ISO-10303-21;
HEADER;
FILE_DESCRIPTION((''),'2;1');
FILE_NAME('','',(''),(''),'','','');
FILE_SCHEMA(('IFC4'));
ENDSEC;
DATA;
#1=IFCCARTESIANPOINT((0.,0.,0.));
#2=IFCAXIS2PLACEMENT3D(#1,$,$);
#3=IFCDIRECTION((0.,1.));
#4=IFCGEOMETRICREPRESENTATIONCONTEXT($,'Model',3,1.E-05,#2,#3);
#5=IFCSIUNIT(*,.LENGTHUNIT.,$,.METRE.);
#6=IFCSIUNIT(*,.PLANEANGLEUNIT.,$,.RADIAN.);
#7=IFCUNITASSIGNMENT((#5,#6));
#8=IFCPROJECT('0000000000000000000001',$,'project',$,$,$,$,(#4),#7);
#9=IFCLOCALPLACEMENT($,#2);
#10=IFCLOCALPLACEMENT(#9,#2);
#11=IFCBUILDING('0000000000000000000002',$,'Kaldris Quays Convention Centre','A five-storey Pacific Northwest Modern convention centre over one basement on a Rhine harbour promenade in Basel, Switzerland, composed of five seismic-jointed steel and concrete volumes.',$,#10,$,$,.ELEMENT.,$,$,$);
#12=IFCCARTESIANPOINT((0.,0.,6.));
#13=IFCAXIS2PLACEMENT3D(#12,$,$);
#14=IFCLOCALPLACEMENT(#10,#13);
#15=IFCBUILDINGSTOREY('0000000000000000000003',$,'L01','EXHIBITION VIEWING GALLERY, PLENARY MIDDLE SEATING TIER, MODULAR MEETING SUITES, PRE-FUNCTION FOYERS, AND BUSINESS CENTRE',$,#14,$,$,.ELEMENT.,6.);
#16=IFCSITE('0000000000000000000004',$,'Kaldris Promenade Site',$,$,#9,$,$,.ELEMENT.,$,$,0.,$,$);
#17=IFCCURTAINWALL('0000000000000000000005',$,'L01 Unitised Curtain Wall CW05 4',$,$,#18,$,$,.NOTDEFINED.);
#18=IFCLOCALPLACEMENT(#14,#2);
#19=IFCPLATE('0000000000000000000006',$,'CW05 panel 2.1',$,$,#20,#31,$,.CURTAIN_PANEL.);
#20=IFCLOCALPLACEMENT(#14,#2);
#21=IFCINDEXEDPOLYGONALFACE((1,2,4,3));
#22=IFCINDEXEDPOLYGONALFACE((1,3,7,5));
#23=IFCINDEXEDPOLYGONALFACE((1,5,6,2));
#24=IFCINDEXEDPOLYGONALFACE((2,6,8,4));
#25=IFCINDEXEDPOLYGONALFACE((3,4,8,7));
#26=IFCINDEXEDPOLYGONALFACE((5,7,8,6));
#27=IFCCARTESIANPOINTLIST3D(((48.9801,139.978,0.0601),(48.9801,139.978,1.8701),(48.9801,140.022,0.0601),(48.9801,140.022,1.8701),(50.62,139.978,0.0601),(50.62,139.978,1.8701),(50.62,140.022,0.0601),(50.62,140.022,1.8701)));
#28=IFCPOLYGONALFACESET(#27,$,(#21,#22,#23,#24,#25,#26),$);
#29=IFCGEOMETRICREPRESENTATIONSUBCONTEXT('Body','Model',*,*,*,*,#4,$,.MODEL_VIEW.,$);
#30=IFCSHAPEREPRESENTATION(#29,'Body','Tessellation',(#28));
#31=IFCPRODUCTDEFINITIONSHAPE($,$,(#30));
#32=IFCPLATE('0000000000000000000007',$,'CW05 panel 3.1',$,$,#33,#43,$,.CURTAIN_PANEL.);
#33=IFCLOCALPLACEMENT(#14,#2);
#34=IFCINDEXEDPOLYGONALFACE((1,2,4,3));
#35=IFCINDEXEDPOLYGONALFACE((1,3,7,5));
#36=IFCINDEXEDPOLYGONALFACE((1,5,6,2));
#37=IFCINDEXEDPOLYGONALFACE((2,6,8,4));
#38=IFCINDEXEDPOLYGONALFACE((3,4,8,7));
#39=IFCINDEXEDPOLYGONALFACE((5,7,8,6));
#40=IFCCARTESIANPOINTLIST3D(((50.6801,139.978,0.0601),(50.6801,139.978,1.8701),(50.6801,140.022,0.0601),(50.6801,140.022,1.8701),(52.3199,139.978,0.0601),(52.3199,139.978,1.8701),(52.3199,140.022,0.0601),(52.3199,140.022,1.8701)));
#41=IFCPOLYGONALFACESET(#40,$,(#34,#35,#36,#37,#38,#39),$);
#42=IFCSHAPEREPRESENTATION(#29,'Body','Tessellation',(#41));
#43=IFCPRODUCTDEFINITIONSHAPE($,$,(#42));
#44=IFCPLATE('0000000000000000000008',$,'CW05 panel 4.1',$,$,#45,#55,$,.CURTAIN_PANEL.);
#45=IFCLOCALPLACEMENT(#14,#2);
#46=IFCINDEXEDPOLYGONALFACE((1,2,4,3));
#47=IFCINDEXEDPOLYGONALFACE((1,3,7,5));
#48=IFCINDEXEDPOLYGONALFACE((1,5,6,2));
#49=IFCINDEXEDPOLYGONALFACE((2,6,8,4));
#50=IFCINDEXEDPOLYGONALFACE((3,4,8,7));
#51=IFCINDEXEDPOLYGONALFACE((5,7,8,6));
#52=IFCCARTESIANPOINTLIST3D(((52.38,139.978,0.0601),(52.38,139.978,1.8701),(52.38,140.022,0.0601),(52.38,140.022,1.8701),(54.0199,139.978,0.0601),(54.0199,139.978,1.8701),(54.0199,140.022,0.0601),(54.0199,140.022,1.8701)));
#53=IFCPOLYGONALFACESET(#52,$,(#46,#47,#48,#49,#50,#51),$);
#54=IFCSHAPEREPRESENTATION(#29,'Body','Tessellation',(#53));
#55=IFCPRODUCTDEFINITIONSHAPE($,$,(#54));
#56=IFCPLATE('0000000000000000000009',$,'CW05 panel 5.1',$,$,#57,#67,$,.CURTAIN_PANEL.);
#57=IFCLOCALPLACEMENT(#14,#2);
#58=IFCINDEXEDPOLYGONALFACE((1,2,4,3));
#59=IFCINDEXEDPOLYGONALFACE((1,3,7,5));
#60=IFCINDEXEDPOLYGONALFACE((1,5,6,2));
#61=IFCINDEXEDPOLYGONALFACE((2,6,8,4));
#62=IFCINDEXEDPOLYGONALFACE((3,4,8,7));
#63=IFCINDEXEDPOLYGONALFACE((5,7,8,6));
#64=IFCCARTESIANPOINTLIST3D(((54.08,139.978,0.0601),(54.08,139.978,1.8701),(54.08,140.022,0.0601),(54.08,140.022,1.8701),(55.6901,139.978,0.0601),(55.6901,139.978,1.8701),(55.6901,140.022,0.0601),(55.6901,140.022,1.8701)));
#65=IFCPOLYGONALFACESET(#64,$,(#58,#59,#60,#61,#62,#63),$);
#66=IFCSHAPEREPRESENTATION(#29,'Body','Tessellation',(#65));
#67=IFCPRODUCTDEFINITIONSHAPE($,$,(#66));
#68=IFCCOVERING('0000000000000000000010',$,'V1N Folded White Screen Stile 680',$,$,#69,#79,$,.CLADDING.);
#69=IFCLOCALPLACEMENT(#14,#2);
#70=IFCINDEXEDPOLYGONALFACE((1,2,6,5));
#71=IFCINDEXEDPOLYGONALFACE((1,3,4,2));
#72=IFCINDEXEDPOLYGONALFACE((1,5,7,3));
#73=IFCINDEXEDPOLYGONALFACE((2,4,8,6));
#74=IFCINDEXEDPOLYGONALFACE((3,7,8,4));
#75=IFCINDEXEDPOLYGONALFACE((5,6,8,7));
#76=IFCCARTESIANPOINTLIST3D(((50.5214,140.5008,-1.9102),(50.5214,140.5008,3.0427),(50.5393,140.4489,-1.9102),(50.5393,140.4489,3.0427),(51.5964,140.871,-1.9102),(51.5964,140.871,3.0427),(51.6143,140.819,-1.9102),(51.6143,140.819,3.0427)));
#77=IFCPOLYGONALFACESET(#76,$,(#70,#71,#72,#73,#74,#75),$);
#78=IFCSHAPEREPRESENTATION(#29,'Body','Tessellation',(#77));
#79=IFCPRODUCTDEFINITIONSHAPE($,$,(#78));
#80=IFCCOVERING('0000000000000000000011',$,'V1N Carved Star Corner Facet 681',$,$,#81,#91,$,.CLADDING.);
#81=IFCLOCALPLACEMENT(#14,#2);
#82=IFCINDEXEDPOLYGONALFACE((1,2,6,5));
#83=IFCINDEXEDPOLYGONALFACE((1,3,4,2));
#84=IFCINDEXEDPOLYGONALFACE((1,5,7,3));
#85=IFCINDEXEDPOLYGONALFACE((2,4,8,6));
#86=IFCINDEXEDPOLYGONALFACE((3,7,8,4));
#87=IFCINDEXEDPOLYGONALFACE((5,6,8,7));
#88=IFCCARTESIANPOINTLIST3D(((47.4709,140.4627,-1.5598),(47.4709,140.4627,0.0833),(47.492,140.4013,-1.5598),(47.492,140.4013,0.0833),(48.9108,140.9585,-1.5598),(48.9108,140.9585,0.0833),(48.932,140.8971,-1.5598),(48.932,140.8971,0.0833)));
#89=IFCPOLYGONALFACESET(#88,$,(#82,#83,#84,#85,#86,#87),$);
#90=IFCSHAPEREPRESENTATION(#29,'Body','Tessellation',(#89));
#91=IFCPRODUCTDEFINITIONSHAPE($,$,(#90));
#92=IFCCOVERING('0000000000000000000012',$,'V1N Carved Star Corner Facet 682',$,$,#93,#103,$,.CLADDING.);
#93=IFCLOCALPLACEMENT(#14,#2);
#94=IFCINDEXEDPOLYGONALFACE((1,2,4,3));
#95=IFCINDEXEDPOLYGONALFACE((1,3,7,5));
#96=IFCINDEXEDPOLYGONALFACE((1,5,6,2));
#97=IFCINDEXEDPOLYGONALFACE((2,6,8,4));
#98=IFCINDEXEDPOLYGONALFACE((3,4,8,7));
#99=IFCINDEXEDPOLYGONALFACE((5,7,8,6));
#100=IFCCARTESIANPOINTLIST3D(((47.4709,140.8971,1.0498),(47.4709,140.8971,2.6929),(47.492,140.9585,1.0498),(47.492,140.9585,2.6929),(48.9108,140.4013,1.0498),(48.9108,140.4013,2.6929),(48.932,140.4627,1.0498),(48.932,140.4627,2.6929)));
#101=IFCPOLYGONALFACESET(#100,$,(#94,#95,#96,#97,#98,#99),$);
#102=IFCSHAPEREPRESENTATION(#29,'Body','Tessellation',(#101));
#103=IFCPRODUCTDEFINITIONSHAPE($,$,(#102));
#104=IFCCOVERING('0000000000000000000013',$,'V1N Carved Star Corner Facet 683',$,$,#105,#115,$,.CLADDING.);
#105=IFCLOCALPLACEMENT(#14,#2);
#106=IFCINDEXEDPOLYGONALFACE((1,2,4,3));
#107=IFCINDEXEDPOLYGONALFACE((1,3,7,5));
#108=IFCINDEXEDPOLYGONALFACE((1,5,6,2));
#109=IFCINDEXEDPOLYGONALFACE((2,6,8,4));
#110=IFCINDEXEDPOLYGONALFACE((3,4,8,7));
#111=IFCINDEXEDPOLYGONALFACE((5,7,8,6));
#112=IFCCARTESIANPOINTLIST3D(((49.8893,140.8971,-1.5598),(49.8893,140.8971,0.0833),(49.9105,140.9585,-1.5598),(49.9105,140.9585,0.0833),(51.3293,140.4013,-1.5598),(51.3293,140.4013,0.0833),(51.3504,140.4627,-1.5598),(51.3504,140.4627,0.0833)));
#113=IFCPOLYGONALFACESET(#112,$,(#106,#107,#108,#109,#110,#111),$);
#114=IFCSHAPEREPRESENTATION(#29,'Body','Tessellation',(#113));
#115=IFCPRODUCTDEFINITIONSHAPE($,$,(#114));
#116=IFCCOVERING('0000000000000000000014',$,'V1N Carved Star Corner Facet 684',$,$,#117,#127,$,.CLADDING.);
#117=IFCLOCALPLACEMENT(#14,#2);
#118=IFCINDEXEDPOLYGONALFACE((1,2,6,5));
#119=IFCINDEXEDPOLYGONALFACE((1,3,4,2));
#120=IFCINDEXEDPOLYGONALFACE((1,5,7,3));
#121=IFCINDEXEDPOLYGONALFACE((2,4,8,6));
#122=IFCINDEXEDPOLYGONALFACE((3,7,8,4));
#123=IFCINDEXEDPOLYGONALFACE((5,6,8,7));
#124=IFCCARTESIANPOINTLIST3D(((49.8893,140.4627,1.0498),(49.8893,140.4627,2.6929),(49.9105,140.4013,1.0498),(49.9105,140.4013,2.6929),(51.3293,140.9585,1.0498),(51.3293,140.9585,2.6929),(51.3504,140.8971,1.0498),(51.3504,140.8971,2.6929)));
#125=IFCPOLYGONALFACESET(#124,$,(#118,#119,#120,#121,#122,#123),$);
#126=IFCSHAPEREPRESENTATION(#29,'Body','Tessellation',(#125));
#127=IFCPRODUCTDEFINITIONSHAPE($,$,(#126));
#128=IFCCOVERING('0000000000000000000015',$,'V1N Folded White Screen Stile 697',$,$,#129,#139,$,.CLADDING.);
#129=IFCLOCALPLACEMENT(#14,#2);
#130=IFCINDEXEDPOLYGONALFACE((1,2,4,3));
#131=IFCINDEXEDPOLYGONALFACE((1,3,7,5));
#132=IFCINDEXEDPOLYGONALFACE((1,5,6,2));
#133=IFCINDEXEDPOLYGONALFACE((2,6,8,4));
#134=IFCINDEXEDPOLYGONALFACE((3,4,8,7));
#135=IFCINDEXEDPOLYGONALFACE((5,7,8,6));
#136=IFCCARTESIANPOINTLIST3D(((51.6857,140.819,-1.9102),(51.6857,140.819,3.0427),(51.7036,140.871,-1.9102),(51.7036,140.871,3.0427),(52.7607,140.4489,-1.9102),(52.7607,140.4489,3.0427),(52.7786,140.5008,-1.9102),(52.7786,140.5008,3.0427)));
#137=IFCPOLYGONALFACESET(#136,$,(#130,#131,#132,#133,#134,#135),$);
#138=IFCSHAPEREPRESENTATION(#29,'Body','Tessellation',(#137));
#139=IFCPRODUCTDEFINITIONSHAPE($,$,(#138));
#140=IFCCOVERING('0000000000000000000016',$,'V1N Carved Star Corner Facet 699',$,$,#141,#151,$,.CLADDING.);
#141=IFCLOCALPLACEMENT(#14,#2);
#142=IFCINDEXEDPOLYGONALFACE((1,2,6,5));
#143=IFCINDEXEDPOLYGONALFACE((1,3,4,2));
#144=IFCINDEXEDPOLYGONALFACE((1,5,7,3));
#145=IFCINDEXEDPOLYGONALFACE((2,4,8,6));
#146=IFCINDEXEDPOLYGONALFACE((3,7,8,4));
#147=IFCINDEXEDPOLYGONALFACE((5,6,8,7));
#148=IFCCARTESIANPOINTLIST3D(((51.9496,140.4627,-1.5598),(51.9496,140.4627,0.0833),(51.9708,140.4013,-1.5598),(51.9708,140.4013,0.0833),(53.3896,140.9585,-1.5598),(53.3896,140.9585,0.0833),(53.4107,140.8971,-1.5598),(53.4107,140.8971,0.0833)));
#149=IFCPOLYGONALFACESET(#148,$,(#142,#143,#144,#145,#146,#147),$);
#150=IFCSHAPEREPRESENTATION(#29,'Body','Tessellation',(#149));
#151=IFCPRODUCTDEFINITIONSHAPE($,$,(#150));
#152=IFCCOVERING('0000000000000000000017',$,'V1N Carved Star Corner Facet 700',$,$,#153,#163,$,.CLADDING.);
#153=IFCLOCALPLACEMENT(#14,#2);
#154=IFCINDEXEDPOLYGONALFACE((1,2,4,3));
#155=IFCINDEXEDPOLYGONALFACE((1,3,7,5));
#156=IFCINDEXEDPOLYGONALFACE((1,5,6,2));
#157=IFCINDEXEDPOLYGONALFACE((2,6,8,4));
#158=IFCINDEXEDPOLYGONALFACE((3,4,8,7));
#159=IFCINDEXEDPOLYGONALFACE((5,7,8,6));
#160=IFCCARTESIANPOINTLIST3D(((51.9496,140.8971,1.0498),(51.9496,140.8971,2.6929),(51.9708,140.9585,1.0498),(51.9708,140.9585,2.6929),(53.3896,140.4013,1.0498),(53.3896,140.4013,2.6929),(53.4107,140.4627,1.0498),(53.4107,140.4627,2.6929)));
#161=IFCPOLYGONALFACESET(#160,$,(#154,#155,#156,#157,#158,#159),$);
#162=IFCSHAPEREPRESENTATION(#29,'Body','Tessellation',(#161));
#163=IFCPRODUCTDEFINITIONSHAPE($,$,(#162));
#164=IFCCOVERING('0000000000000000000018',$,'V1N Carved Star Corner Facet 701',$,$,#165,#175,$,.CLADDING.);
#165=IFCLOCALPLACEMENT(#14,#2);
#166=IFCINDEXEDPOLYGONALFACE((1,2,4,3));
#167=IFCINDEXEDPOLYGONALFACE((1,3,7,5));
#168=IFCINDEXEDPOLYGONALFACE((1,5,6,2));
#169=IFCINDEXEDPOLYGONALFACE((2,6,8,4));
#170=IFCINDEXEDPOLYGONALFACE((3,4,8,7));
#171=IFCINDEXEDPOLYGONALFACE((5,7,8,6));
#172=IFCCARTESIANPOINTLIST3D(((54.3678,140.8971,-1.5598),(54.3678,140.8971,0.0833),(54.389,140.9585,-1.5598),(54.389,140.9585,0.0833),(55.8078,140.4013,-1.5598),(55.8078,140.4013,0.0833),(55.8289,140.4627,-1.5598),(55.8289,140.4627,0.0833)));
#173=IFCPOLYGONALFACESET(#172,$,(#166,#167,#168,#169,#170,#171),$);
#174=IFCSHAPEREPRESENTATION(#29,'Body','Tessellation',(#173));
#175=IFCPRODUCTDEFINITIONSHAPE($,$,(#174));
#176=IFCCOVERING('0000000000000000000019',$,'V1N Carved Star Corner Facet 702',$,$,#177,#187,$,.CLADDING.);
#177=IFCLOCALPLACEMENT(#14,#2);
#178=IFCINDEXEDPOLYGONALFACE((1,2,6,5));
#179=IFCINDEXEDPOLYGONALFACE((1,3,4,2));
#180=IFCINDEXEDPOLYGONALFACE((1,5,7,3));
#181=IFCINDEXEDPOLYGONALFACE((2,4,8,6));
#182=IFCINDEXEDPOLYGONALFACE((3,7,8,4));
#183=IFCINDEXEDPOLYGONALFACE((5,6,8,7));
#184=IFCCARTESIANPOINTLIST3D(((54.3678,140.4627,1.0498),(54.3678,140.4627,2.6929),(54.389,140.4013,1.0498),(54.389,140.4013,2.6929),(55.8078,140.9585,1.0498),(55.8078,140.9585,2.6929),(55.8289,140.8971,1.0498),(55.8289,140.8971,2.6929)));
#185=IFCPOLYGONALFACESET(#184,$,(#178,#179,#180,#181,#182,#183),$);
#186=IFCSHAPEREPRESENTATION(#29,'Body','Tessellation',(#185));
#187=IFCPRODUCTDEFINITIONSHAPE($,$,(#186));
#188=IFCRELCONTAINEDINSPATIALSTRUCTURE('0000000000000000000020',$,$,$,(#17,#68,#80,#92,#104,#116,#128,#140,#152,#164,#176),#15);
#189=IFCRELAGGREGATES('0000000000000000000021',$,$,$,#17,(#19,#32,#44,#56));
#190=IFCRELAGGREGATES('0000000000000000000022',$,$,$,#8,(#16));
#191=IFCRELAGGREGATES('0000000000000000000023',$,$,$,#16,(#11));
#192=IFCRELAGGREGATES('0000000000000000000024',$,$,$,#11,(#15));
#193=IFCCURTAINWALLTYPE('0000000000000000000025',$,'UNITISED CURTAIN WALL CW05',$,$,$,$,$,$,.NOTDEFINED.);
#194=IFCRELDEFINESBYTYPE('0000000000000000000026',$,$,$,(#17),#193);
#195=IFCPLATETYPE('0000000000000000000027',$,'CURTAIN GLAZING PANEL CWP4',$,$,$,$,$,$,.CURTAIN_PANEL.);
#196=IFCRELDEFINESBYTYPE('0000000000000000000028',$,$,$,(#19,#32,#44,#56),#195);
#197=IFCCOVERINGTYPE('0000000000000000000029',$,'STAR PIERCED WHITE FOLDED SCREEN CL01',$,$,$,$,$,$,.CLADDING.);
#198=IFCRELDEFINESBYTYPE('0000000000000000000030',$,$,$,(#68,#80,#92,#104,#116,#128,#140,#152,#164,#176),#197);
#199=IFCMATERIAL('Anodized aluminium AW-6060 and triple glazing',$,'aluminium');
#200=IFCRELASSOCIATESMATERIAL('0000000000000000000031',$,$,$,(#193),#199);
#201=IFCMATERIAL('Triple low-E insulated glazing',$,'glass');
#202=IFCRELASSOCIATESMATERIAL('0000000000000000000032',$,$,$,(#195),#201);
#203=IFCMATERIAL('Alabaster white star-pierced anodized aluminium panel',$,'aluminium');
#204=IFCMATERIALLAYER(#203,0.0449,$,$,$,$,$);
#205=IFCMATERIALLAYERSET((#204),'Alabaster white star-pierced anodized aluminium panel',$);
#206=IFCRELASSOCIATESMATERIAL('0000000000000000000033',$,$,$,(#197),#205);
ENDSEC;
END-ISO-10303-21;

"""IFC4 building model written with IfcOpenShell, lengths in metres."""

from ifc_helpers import new_model, si_unit, direction, frame, origin, origin_2d, place, context, subcontext, project, spatial, rectangle, extrude, material, layer, layer_set, type_object, element, aggregate, save


model = new_model("IFC4")

# Units and contexts
model_context = context("Model", 3, precision=1e-05, world=origin(), true_north=direction((0.0, 1.0)))
body_context = subcontext(model_context, "Body", "Model", "MODEL_VIEW")
ifc_project = project(units=[si_unit("LENGTHUNIT", "METRE"), si_unit("PLANEANGLEUNIT", "RADIAN")], contexts=[model_context])

# Site, building, storey
site_placement = place(None, origin())
site = spatial("IfcSite", under=ifc_project, at=site_placement, Name="Kaldris Promenade Site", CompositionType="ELEMENT", RefElevation=0.0)
building_placement = place(site_placement, origin())
building = spatial("IfcBuilding", under=site, at=building_placement, Name="Kaldris Quays Convention Centre", Description="A five-storey Pacific Northwest Modern convention centre over one basement on a Rhine harbour promenade in Basel, Switzerland, composed of five seismic-jointed steel and concrete volumes.", CompositionType="ELEMENT")
storey_placement = place(building_placement, frame((0.0, 0.0, 6.0)))
storey = spatial("IfcBuildingStorey", under=building, at=storey_placement, Name="L01", Description="EXHIBITION VIEWING GALLERY, PLENARY MIDDLE SEATING TIER, MODULAR MEETING SUITES, PRE-FUNCTION FOYERS, AND BUSINESS CENTRE", CompositionType="ELEMENT", Elevation=6.0)

# Curtain wall, plates
ifc_material_1 = material(Name="Anodized aluminium AW-6060 and triple glazing", Category="aluminium")
curtain_wall_type = type_object("IfcCurtainWallType", Name="UNITISED CURTAIN WALL CW05", PredefinedType="NOTDEFINED", material=ifc_material_1)
curtain_wall_placement = place(storey_placement, origin())
curtain_wall = element("IfcCurtainWall", 1, at=curtain_wall_placement, inside=storey, type_object=curtain_wall_type, Name="L01 Unitised Curtain Wall CW05 4", PredefinedType="NOTDEFINED")
ifc_material_2 = material(Name="Triple low-E insulated glazing", Category="glass")
plate_type = type_object("IfcPlateType", Name="CURTAIN GLAZING PANEL CWP4", PredefinedType="CURTAIN_PANEL", material=ifc_material_2)
plate_1_placement = place(storey_placement, frame((49.8, 140.0, 0.0601), z_axis=(0.0, 0.0, 1.0), x_axis=(1.0, 0.0, 0.0)))
plate_1 = element("IfcPlate", 2, at=plate_1_placement, type_object=plate_type, Name="CW05 panel 2.1", PredefinedType="CURTAIN_PANEL", context=body_context, shape_type="SweptSolid", body=[
    extrude(rectangle(XDim=1.6399, YDim=0.0439, at=origin_2d()), origin(), (0.0, 0.0, 1.0), 1.8101),
])
plate_2_placement = place(storey_placement, frame((51.5, 140.0, 0.0601), z_axis=(0.0, 0.0, 1.0), x_axis=(1.0, 0.0, 0.0)))
plate_2 = element("IfcPlate", 3, at=plate_2_placement, type_object=plate_type, Name="CW05 panel 3.1", PredefinedType="CURTAIN_PANEL", context=body_context, shape_type="SweptSolid", body=[
    extrude(rectangle(XDim=1.6399, YDim=0.0439, at=origin_2d()), origin(), (0.0, 0.0, 1.0), 1.8101),
])
plate_3_placement = place(storey_placement, frame((53.2, 140.0, 0.0601), z_axis=(0.0, 0.0, 1.0), x_axis=(1.0, 0.0, 0.0)))
plate_3 = element("IfcPlate", 4, at=plate_3_placement, type_object=plate_type, Name="CW05 panel 4.1", PredefinedType="CURTAIN_PANEL", context=body_context, shape_type="SweptSolid", body=[
    extrude(rectangle(XDim=1.6399, YDim=0.0439, at=origin_2d()), origin(), (0.0, 0.0, 1.0), 1.8101),
])
plate_4_placement = place(storey_placement, frame((54.885, 140.0, 0.0601), z_axis=(0.0, 0.0, 1.0), x_axis=(1.0, 0.0, 0.0)))
plate_4 = element("IfcPlate", 5, at=plate_4_placement, type_object=plate_type, Name="CW05 panel 5.1", PredefinedType="CURTAIN_PANEL", context=body_context, shape_type="SweptSolid", body=[
    extrude(rectangle(XDim=1.6101, YDim=0.0439, at=origin_2d()), origin(), (0.0, 0.0, 1.0), 1.8101),
])
aggregate(curtain_wall, [plate_1, plate_2, plate_3, plate_4])

# Coverings
ifc_material_3 = material(Name="Alabaster white star-pierced anodized aluminium panel", Category="aluminium")
ifc_layer = layer(ifc_material_3, 0.0449)
ifc_layer_set = layer_set([ifc_layer], Name="Alabaster white star-pierced anodized aluminium panel")
covering_type = type_object("IfcCoveringType", Name="STAR PIERCED WHITE FOLDED SCREEN CL01", PredefinedType="CLADDING", material=ifc_layer_set)
covering_1_placement = place(storey_placement, frame((51.0679, 140.6599, -1.9102), z_axis=(0.0, 0.0, 1.0), x_axis=(0.945519, 0.325568, 0.0)))
element("IfcCovering", 6, at=covering_1_placement, inside=storey, type_object=covering_type, Name="V1N Folded White Screen Stile 680", PredefinedType="CLADDING", context=body_context, shape_type="SweptSolid", body=[
    extrude(rectangle(XDim=1.137, YDim=0.0549, at=origin_2d()), origin(), (0.0, 0.0, 1.0), 4.9529),
])
for number, where, z_axis, x_axis, name in (
    (7, (48.2014, 140.6799, -1.5598), (0.0, 0.0, 1.0), (0.945519, 0.325568, 0.0), "V1N Carved Star Corner Facet 681"),
    (8, (48.2014, 140.6799, 1.0498), (0.0, 0.0, 1.0), (0.945519, -0.325568, 0.0), "V1N Carved Star Corner Facet 682"),
    (9, (50.6199, 140.6799, -1.5598), (0.0, 0.0, 1.0), (0.945519, -0.325568, 0.0), "V1N Carved Star Corner Facet 683"),
    (10, (50.6199, 140.6799, 1.0498), (0.0, 0.0, 1.0), (0.945519, 0.325568, 0.0), "V1N Carved Star Corner Facet 684"),
):
    element("IfcCovering", number, at=place(storey_placement, frame(where, z_axis=z_axis, x_axis=x_axis)), inside=storey, type_object=covering_type, Name=name, PredefinedType="CLADDING", context=body_context, shape_type="SweptSolid", body=[
        extrude(rectangle(XDim=1.5229, YDim=0.0649, at=origin_2d()), origin(), (0.0, 0.0, 1.0), 1.6431),
    ])
covering_2_placement = place(storey_placement, frame((52.2322, 140.6599, -1.9102), z_axis=(0.0, 0.0, 1.0), x_axis=(0.945519, -0.325568, 0.0)))
element("IfcCovering", 11, at=covering_2_placement, inside=storey, type_object=covering_type, Name="V1N Folded White Screen Stile 697", PredefinedType="CLADDING", context=body_context, shape_type="SweptSolid", body=[
    extrude(rectangle(XDim=1.137, YDim=0.0549, at=origin_2d()), origin(), (0.0, 0.0, 1.0), 4.9529),
])
for number, where, z_axis, x_axis, name in (
    (12, (52.6802, 140.6799, -1.5598), (0.0, 0.0, 1.0), (0.945519, 0.325568, 0.0), "V1N Carved Star Corner Facet 699"),
    (13, (52.6802, 140.6799, 1.0498), (0.0, 0.0, 1.0), (0.945519, -0.325568, 0.0), "V1N Carved Star Corner Facet 700"),
    (14, (55.0984, 140.6799, -1.5598), (0.0, 0.0, 1.0), (0.945519, -0.325568, 0.0), "V1N Carved Star Corner Facet 701"),
    (15, (55.0984, 140.6799, 1.0498), (0.0, 0.0, 1.0), (0.945519, 0.325568, 0.0), "V1N Carved Star Corner Facet 702"),
):
    element("IfcCovering", number, at=place(storey_placement, frame(where, z_axis=z_axis, x_axis=x_axis)), inside=storey, type_object=covering_type, Name=name, PredefinedType="CLADDING", context=body_context, shape_type="SweptSolid", body=[
        extrude(rectangle(XDim=1.5229, YDim=0.0649, at=origin_2d()), origin(), (0.0, 0.0, 1.0), 1.6431),
    ])

save(model, "model.ifc")
